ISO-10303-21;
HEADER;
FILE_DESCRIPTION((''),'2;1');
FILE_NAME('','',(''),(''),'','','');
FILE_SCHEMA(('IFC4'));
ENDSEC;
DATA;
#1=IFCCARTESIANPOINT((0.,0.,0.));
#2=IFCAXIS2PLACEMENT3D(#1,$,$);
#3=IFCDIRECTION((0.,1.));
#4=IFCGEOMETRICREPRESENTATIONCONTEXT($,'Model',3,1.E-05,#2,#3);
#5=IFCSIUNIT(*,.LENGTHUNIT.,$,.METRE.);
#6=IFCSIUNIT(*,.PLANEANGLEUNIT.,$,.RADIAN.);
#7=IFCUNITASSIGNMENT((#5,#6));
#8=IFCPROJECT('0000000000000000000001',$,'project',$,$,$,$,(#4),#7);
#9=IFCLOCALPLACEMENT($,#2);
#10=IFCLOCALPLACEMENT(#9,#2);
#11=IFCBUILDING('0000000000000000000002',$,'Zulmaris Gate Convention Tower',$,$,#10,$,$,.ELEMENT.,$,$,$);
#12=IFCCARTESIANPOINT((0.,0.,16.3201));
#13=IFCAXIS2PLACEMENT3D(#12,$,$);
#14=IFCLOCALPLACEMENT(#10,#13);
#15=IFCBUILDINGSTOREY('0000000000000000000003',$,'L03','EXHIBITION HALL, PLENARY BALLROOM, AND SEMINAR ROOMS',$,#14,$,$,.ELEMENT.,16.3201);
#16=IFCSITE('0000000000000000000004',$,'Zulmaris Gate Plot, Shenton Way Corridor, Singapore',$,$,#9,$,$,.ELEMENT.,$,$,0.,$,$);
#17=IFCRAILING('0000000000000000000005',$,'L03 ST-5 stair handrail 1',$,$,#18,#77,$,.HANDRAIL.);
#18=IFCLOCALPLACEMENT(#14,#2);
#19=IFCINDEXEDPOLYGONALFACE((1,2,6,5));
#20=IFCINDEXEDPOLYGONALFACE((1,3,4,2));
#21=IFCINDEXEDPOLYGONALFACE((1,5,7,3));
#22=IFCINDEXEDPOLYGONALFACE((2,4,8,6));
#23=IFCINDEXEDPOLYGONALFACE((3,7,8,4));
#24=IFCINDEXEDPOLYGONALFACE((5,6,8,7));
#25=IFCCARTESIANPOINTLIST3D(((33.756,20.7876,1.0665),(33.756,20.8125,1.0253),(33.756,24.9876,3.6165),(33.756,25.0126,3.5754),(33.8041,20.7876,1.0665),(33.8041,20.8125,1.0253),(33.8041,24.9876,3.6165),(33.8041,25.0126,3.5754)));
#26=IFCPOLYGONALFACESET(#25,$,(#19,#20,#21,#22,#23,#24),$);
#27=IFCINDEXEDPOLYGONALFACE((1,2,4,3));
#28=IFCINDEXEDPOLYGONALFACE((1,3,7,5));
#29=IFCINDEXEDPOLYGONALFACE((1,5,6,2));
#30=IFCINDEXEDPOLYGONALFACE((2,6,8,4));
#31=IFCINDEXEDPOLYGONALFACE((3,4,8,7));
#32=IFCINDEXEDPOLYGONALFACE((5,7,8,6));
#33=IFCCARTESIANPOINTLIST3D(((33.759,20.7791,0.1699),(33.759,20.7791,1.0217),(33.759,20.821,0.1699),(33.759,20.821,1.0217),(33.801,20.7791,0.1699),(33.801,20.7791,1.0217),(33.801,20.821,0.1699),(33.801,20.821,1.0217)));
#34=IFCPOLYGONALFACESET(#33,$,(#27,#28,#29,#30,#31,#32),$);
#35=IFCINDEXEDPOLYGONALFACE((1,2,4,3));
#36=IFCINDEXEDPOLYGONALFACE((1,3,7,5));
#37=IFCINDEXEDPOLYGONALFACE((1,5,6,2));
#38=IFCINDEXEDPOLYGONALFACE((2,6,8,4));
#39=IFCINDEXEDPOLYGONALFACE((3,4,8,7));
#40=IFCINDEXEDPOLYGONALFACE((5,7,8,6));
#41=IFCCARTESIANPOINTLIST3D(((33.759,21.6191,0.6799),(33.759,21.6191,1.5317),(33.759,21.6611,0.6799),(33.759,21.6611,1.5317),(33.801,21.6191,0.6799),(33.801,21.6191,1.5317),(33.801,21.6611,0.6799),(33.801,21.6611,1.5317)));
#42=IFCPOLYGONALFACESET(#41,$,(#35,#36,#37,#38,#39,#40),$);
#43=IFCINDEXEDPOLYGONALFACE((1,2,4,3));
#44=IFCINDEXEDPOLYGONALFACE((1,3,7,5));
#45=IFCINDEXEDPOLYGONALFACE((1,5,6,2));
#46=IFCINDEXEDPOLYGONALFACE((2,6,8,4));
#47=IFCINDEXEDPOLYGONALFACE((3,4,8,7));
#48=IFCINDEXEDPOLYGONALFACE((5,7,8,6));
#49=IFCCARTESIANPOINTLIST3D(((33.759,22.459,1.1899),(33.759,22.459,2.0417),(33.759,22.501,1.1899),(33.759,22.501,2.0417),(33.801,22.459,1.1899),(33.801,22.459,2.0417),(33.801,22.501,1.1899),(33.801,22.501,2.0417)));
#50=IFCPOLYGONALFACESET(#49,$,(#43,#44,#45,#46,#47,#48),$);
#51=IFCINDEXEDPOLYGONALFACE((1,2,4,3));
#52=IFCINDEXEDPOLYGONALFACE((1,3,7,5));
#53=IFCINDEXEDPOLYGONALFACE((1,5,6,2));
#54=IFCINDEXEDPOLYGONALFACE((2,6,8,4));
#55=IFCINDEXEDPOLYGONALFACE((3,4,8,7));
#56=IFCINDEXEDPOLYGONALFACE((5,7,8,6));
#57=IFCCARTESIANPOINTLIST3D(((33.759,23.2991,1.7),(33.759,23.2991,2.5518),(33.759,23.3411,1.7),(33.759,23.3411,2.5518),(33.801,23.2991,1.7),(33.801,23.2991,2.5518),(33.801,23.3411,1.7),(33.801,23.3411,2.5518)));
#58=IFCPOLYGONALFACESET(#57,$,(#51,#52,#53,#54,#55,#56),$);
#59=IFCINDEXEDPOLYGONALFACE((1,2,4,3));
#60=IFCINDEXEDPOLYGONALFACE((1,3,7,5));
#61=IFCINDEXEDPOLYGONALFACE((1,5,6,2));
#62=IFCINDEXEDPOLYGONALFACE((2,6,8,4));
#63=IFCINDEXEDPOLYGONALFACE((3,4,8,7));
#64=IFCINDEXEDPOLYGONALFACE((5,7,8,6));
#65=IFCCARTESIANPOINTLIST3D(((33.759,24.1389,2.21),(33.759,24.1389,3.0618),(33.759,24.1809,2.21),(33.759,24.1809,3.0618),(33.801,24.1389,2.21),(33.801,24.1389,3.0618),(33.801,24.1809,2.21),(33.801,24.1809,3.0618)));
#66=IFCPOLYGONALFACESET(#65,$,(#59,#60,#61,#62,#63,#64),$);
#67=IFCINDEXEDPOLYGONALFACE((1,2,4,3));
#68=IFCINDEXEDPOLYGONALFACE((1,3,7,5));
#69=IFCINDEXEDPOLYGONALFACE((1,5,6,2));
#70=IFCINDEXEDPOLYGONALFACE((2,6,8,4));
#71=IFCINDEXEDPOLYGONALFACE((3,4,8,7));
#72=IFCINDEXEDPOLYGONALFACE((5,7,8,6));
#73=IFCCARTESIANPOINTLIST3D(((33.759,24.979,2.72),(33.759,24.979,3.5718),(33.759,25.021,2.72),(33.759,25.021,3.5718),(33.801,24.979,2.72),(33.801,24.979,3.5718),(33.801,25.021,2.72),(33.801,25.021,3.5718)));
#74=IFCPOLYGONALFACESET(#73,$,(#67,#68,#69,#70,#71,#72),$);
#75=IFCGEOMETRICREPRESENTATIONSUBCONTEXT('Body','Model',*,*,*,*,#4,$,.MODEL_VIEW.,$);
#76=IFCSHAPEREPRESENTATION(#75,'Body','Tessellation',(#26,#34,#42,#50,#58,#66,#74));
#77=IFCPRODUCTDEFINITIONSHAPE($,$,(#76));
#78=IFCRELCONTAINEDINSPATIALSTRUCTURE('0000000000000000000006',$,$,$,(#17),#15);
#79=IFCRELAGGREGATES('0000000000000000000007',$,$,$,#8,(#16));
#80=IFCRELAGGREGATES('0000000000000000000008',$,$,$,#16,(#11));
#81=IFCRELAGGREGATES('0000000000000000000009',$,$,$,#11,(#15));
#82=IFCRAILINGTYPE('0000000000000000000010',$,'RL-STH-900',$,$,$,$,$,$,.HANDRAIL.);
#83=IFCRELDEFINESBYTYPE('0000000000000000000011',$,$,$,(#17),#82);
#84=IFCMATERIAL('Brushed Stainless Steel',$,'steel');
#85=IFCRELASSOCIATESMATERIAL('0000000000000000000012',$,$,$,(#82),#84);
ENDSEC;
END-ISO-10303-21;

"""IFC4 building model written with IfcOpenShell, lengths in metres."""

from ifc_helpers import new_model, si_unit, direction, frame, origin, origin_2d, place, context, subcontext, project, spatial, rectangle, extrude, material, type_object, element, save


model = new_model("IFC4")

# Units and contexts
model_context = context("Model", 3, precision=1e-05, world=origin(), true_north=direction((0.0, 1.0)))
body_context = subcontext(model_context, "Body", "Model", "MODEL_VIEW")
ifc_project = project(units=[si_unit("LENGTHUNIT", "METRE"), si_unit("PLANEANGLEUNIT", "RADIAN")], contexts=[model_context])

# Site, building, storey
site_placement = place(None, origin())
site = spatial("IfcSite", under=ifc_project, at=site_placement, Name="Zulmaris Gate Plot, Shenton Way Corridor, Singapore", CompositionType="ELEMENT", RefElevation=0.0)
building_placement = place(site_placement, origin())
building = spatial("IfcBuilding", under=site, at=building_placement, Name="Zulmaris Gate Convention Tower", CompositionType="ELEMENT")
storey_placement = place(building_placement, frame((0.0, 0.0, 16.3201)))
storey = spatial("IfcBuildingStorey", under=building, at=storey_placement, Name="L03", Description="EXHIBITION HALL, PLENARY BALLROOM, AND SEMINAR ROOMS", CompositionType="ELEMENT", Elevation=16.3201)

# Railing
ifc_material_1 = material(Name="Brushed Stainless Steel", Category="steel")
railing_type_1 = type_object("IfcRailingType", Name="RL-STH-900", PredefinedType="HANDRAIL", material=ifc_material_1)
railing_1_placement = place(storey_placement, frame((33.78, 20.8, 0.1699)))
element("IfcRailing", 1, at=railing_1_placement, inside=storey, type_object=railing_type_1, Name="L03 ST-5 stair handrail 1", PredefinedType="HANDRAIL", context=body_context, shape_type="SweptSolid", body=[
    extrude(rectangle(XDim=0.0481, YDim=0.0481, at=origin_2d()), frame((0.0, 0.0, 0.876), z_axis=(0.0, 0.85478, 0.51899), x_axis=(-1.0, 0.0, 0.0)), (0.0, 0.0, 1.0), 4.9136),
    extrude(rectangle(XDim=0.042, YDim=0.042, at=origin_2d()), origin(), (0.0, 0.0, 1.0), 0.8518),
    extrude(rectangle(XDim=0.042, YDim=0.042, at=origin_2d()), frame((0.0, 0.8401, 0.51)), (0.0, 0.0, 1.0), 0.8518),
    extrude(rectangle(XDim=0.042, YDim=0.042, at=origin_2d()), frame((0.0, 1.6799, 1.02)), (0.0, 0.0, 1.0), 0.8518),
    extrude(rectangle(XDim=0.042, YDim=0.042, at=origin_2d()), frame((0.0, 2.52, 1.53)), (0.0, 0.0, 1.0), 0.8518),
    extrude(rectangle(XDim=0.042, YDim=0.042, at=origin_2d()), frame((0.0, 3.3599, 2.04)), (0.0, 0.0, 1.0), 0.8518),
    extrude(rectangle(XDim=0.042, YDim=0.042, at=origin_2d()), frame((0.0, 4.2, 2.55)), (0.0, 0.0, 1.0), 0.8518),
])

save(model, "model.ifc")
